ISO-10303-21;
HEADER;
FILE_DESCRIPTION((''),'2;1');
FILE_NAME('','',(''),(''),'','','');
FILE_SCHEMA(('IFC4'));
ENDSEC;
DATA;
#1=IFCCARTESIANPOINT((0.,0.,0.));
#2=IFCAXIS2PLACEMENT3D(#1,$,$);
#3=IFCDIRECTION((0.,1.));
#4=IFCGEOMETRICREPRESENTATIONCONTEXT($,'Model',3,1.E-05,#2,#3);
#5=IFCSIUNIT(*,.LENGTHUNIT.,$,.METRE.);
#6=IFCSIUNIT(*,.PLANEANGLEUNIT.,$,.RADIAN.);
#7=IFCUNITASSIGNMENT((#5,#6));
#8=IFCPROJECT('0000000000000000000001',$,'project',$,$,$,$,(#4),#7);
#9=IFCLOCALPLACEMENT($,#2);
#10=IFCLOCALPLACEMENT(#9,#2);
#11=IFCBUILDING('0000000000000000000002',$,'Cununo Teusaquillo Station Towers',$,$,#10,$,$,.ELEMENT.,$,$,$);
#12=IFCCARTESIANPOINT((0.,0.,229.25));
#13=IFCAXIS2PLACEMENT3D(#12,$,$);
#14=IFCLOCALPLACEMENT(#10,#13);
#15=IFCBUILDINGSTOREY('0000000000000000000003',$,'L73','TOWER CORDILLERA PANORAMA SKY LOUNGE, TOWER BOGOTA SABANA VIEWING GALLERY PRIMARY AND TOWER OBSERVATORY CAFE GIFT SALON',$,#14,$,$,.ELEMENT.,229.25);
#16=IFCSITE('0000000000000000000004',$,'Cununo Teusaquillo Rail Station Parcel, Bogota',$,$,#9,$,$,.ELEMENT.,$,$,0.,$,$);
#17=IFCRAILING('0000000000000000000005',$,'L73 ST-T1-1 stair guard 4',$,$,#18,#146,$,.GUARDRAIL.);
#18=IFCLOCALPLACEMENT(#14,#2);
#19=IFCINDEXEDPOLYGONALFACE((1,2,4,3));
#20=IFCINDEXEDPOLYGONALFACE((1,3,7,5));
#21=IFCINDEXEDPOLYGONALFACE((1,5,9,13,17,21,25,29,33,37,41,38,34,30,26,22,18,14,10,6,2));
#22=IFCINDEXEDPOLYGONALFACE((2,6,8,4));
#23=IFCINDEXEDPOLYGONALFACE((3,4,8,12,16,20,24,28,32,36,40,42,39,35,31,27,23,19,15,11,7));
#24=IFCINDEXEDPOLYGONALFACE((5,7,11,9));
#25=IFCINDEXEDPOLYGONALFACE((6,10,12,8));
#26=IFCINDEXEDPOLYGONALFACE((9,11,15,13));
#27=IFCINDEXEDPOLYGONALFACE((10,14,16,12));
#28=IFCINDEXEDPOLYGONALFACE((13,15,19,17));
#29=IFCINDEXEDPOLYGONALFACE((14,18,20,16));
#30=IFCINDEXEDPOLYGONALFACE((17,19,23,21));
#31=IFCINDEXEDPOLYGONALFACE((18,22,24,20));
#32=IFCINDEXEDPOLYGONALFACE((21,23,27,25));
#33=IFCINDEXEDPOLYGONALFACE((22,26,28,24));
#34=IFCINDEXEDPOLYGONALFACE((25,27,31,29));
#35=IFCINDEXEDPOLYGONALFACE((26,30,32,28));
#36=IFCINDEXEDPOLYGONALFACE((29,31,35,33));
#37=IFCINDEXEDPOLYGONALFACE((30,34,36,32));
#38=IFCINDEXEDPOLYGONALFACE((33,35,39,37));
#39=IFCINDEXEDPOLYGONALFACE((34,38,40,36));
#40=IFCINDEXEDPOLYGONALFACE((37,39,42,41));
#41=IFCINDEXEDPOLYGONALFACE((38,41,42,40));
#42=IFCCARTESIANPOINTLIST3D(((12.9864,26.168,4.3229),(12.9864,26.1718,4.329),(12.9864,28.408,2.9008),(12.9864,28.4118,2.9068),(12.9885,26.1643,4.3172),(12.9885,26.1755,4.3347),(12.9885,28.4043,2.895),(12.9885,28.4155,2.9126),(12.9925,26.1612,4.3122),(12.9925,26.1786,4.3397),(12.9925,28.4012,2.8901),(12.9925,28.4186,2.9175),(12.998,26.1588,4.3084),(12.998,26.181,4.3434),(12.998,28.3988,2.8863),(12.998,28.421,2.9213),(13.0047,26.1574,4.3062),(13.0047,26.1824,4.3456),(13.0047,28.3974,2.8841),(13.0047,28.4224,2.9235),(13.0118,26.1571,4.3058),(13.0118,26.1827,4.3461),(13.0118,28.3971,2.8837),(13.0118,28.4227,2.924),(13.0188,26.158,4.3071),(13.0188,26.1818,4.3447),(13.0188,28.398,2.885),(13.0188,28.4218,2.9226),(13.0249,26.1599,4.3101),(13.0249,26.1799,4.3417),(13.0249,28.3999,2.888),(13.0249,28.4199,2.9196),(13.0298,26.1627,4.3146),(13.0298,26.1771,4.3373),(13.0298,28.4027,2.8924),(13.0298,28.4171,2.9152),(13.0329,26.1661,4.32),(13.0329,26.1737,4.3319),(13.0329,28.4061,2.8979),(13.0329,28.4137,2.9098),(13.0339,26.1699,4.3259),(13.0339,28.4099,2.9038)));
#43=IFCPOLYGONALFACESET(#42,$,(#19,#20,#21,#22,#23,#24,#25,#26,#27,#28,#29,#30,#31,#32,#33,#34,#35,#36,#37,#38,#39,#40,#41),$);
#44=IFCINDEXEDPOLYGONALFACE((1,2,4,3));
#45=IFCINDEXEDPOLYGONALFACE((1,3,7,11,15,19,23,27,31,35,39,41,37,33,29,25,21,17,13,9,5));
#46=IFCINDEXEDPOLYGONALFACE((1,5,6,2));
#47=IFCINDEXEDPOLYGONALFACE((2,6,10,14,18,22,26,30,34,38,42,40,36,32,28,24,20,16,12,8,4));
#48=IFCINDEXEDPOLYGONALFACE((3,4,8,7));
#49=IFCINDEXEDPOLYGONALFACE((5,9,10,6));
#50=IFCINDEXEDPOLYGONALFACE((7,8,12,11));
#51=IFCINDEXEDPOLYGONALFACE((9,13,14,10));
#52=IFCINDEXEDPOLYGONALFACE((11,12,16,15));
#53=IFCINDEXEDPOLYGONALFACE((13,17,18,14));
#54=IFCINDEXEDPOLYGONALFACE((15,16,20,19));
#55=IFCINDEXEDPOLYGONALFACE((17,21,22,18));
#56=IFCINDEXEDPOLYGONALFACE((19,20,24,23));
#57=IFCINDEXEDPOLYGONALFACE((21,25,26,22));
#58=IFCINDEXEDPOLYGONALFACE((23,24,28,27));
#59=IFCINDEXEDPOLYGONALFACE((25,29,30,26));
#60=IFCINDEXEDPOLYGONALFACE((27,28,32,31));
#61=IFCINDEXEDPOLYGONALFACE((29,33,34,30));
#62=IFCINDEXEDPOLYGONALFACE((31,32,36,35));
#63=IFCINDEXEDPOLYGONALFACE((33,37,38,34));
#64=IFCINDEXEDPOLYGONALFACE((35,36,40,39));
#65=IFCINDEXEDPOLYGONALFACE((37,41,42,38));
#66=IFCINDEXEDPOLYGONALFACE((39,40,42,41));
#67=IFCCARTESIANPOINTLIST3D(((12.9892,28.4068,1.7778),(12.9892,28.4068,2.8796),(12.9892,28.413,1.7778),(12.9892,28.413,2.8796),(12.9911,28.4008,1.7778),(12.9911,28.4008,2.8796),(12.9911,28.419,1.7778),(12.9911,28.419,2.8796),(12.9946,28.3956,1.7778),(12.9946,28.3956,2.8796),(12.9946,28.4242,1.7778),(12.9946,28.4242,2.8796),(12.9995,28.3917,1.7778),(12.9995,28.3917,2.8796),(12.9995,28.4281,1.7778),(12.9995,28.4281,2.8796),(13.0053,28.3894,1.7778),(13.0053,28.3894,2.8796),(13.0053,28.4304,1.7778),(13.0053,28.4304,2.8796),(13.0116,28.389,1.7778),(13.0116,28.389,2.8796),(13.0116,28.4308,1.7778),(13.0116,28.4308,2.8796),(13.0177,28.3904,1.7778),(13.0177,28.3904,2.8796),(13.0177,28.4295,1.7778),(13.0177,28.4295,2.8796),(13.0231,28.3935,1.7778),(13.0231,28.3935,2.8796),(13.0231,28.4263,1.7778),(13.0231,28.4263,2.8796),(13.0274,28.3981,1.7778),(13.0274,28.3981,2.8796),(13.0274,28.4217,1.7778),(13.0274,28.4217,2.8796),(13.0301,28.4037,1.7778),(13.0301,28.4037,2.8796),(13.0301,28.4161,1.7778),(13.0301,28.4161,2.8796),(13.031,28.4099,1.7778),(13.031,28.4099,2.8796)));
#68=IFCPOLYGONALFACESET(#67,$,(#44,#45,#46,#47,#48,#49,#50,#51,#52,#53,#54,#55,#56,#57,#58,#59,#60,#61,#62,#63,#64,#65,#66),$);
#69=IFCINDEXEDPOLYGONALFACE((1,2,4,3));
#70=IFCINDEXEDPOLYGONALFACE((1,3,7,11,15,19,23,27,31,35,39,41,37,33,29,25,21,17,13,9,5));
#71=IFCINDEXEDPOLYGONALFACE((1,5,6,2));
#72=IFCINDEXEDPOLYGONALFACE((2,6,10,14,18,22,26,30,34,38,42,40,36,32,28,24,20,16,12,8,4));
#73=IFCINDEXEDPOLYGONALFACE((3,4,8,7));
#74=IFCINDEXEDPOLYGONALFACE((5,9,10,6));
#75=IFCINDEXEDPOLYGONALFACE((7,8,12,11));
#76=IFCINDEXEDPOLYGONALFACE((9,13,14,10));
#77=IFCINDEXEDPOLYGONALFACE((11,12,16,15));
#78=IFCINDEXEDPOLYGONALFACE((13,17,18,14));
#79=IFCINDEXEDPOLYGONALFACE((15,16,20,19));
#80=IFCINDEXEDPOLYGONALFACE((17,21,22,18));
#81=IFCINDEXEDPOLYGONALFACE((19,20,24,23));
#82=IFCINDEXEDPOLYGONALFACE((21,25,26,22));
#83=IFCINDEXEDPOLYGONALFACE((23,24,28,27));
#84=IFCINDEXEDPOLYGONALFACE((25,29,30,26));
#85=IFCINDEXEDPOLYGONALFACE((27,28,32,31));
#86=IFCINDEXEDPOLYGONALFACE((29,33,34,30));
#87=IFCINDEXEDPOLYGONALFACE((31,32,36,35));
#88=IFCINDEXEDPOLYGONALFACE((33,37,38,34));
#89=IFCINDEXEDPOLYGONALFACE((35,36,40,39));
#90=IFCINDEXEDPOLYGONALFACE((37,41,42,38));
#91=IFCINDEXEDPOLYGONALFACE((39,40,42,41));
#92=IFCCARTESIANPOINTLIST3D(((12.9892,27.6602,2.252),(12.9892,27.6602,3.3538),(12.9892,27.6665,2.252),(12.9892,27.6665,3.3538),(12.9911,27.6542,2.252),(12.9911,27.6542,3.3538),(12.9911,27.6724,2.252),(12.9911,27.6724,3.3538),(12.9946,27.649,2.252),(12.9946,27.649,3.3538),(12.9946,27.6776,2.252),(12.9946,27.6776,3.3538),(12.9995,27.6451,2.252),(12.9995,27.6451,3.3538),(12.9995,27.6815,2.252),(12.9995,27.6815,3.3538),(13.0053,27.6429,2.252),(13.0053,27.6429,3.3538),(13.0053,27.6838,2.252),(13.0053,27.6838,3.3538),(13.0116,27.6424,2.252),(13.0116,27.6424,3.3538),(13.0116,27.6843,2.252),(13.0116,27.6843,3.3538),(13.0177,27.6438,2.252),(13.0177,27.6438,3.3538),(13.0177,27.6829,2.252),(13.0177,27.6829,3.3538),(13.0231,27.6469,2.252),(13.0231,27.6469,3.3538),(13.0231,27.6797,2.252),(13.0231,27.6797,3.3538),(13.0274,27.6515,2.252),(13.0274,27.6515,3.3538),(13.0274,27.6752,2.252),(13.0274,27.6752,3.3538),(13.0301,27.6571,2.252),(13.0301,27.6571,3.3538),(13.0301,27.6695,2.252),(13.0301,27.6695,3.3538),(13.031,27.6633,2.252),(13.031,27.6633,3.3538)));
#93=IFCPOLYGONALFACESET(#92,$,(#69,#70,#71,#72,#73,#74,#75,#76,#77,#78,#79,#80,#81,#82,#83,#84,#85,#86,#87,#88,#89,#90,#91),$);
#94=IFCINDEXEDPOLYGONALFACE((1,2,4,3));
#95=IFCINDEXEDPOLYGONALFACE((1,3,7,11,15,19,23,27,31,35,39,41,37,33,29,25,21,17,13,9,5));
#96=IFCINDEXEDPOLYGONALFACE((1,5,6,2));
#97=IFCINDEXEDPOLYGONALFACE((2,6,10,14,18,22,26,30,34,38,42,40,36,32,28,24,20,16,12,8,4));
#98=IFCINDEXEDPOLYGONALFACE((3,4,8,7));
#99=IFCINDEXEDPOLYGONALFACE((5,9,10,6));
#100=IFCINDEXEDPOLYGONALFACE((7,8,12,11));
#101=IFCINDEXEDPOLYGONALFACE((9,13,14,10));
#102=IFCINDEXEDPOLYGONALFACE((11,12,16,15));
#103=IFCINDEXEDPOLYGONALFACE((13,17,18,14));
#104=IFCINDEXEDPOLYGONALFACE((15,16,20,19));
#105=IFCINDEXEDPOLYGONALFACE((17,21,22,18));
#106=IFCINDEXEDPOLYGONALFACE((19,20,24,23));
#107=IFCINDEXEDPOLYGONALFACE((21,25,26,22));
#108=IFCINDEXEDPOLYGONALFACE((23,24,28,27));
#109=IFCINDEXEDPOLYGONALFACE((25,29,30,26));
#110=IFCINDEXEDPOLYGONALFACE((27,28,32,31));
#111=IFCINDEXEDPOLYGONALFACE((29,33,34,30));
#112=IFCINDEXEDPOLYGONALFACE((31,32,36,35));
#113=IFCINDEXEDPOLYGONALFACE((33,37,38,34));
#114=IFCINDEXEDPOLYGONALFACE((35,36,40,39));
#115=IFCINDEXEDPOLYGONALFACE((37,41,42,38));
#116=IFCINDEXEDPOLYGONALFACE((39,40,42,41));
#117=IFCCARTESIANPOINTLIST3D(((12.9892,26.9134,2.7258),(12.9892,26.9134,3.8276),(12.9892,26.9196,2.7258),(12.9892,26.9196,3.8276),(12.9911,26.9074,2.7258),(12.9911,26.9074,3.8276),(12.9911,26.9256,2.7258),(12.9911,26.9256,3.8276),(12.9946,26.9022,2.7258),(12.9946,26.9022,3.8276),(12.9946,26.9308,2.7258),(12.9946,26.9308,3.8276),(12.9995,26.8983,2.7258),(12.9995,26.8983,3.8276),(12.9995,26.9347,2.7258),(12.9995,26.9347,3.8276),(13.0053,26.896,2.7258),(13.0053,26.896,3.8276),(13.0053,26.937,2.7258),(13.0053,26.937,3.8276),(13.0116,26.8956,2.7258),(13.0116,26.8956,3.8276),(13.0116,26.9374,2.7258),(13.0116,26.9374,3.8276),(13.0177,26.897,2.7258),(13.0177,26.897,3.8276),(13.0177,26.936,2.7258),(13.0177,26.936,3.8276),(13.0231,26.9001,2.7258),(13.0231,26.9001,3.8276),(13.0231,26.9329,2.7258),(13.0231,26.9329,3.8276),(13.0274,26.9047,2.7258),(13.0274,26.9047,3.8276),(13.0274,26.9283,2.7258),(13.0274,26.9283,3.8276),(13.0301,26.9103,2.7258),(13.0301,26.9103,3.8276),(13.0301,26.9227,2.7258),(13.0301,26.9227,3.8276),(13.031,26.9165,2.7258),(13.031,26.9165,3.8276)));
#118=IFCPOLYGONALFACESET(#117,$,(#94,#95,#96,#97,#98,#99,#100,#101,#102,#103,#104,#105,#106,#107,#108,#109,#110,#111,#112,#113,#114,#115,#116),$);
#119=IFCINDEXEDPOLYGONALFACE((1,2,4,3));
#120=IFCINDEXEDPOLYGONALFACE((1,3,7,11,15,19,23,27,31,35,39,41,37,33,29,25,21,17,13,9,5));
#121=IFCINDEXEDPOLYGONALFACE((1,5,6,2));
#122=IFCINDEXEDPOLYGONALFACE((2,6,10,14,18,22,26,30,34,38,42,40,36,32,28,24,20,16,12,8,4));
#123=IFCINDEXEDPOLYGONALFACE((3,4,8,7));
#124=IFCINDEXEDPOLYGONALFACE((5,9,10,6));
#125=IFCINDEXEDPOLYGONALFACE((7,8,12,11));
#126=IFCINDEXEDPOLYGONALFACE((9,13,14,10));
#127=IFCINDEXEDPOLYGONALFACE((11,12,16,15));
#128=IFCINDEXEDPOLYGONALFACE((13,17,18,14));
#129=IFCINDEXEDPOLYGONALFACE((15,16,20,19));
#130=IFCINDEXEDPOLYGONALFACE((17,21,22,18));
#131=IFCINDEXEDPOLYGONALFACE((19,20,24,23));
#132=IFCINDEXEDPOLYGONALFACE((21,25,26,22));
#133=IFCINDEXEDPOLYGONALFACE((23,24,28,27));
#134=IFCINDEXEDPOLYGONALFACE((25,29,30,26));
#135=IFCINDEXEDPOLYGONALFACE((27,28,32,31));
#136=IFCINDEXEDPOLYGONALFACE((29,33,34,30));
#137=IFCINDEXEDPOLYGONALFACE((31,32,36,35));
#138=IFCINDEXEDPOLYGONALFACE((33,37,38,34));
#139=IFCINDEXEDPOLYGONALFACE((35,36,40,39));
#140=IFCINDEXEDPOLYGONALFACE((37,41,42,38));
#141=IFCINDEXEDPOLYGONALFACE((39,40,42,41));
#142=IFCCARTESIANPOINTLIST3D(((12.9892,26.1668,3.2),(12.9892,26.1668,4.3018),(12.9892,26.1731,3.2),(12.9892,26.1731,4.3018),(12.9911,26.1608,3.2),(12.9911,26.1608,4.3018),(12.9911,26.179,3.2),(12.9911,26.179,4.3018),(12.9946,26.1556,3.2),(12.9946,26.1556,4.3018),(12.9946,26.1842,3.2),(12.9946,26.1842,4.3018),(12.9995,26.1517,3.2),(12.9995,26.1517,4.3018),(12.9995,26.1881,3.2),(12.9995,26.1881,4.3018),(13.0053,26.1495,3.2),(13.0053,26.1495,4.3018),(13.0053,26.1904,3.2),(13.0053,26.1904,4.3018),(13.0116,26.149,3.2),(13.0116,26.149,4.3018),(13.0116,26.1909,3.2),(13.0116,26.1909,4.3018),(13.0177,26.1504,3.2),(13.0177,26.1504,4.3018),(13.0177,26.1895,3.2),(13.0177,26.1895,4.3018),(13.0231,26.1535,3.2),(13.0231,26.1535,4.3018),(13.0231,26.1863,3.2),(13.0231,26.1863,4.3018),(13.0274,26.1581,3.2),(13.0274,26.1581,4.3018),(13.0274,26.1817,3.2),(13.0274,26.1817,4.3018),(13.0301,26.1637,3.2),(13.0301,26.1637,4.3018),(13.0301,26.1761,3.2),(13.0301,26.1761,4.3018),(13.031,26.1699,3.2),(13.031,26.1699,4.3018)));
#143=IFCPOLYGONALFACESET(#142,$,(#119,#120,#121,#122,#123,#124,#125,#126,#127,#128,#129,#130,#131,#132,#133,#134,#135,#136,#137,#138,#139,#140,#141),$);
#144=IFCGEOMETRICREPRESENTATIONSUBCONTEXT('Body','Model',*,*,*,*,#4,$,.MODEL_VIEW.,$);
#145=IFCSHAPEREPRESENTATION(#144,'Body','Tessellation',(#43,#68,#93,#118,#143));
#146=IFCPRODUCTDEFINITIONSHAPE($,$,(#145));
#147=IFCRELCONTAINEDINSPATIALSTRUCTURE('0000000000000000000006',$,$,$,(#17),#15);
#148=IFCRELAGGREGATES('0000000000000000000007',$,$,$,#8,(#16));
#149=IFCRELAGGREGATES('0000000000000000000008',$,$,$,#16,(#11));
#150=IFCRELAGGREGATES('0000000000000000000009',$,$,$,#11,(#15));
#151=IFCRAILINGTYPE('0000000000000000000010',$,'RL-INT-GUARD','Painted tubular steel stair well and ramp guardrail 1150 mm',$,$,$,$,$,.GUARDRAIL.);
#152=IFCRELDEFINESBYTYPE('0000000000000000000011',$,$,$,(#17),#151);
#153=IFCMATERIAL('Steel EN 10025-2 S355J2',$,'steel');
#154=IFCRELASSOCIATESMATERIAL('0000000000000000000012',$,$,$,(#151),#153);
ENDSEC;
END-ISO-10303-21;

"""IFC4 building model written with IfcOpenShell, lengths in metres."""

from ifc_helpers import new_model, si_unit, direction, frame, origin, origin_2d, place, context, subcontext, project, spatial, circle, extrude, material, type_object, element, save


model = new_model("IFC4")

# Units and contexts
model_context = context("Model", 3, precision=1e-05, world=origin(), true_north=direction((0.0, 1.0)))
body_context = subcontext(model_context, "Body", "Model", "MODEL_VIEW")
ifc_project = project(units=[si_unit("LENGTHUNIT", "METRE"), si_unit("PLANEANGLEUNIT", "RADIAN")], contexts=[model_context])

# Site, building, storey
site_placement = place(None, origin())
site = spatial("IfcSite", under=ifc_project, at=site_placement, Name="Cununo Teusaquillo Rail Station Parcel, Bogota", CompositionType="ELEMENT", RefElevation=0.0)
building_placement = place(site_placement, origin())
building = spatial("IfcBuilding", under=site, at=building_placement, Name="Cununo Teusaquillo Station Towers", CompositionType="ELEMENT")
storey_placement = place(building_placement, frame((0.0, 0.0, 229.25)))
storey = spatial("IfcBuildingStorey", under=building, at=storey_placement, Name="L73", Description="TOWER CORDILLERA PANORAMA SKY LOUNGE, TOWER BOGOTA SABANA VIEWING GALLERY PRIMARY AND TOWER OBSERVATORY CAFE GIFT SALON", CompositionType="ELEMENT", Elevation=229.25)

# Railing
ifc_material_1 = material(Name="Steel EN 10025-2 S355J2", Category="steel")
railing_type_1 = type_object("IfcRailingType", Name="RL-INT-GUARD", Description="Painted tubular steel stair well and ramp guardrail 1150 mm", PredefinedType="GUARDRAIL", material=ifc_material_1)
railing_1_placement = place(storey_placement, frame((13.01, 28.4099, 1.7778)))
element("IfcRailing", 1, at=railing_1_placement, inside=storey, type_object=railing_type_1, Name="L73 ST-T1-1 stair guard 4", PredefinedType="GUARDRAIL", context=body_context, shape_type="SweptSolid", body=[
    extrude(circle(Radius=0.0239, at=origin_2d()), frame((0.0, 0.0, 1.126), z_axis=(0.0, -0.844229, 0.535982), x_axis=(1.0, 0.0, 0.0)), (0.0, 0.0, 1.0), 2.6533),
    extrude(circle(Radius=0.021, at=origin_2d()), origin(), (0.0, 0.0, 1.0), 1.1018),
    extrude(circle(Radius=0.021, at=origin_2d()), frame((0.0, -0.7466, 0.4741)), (0.0, 0.0, 1.0), 1.1018),
    extrude(circle(Radius=0.021, at=origin_2d()), frame((0.0, -1.4934, 0.948)), (0.0, 0.0, 1.0), 1.1018),
    extrude(circle(Radius=0.021, at=origin_2d()), frame((0.0, -2.24, 1.4221)), (0.0, 0.0, 1.0), 1.1018),
])

save(model, "model.ifc")
